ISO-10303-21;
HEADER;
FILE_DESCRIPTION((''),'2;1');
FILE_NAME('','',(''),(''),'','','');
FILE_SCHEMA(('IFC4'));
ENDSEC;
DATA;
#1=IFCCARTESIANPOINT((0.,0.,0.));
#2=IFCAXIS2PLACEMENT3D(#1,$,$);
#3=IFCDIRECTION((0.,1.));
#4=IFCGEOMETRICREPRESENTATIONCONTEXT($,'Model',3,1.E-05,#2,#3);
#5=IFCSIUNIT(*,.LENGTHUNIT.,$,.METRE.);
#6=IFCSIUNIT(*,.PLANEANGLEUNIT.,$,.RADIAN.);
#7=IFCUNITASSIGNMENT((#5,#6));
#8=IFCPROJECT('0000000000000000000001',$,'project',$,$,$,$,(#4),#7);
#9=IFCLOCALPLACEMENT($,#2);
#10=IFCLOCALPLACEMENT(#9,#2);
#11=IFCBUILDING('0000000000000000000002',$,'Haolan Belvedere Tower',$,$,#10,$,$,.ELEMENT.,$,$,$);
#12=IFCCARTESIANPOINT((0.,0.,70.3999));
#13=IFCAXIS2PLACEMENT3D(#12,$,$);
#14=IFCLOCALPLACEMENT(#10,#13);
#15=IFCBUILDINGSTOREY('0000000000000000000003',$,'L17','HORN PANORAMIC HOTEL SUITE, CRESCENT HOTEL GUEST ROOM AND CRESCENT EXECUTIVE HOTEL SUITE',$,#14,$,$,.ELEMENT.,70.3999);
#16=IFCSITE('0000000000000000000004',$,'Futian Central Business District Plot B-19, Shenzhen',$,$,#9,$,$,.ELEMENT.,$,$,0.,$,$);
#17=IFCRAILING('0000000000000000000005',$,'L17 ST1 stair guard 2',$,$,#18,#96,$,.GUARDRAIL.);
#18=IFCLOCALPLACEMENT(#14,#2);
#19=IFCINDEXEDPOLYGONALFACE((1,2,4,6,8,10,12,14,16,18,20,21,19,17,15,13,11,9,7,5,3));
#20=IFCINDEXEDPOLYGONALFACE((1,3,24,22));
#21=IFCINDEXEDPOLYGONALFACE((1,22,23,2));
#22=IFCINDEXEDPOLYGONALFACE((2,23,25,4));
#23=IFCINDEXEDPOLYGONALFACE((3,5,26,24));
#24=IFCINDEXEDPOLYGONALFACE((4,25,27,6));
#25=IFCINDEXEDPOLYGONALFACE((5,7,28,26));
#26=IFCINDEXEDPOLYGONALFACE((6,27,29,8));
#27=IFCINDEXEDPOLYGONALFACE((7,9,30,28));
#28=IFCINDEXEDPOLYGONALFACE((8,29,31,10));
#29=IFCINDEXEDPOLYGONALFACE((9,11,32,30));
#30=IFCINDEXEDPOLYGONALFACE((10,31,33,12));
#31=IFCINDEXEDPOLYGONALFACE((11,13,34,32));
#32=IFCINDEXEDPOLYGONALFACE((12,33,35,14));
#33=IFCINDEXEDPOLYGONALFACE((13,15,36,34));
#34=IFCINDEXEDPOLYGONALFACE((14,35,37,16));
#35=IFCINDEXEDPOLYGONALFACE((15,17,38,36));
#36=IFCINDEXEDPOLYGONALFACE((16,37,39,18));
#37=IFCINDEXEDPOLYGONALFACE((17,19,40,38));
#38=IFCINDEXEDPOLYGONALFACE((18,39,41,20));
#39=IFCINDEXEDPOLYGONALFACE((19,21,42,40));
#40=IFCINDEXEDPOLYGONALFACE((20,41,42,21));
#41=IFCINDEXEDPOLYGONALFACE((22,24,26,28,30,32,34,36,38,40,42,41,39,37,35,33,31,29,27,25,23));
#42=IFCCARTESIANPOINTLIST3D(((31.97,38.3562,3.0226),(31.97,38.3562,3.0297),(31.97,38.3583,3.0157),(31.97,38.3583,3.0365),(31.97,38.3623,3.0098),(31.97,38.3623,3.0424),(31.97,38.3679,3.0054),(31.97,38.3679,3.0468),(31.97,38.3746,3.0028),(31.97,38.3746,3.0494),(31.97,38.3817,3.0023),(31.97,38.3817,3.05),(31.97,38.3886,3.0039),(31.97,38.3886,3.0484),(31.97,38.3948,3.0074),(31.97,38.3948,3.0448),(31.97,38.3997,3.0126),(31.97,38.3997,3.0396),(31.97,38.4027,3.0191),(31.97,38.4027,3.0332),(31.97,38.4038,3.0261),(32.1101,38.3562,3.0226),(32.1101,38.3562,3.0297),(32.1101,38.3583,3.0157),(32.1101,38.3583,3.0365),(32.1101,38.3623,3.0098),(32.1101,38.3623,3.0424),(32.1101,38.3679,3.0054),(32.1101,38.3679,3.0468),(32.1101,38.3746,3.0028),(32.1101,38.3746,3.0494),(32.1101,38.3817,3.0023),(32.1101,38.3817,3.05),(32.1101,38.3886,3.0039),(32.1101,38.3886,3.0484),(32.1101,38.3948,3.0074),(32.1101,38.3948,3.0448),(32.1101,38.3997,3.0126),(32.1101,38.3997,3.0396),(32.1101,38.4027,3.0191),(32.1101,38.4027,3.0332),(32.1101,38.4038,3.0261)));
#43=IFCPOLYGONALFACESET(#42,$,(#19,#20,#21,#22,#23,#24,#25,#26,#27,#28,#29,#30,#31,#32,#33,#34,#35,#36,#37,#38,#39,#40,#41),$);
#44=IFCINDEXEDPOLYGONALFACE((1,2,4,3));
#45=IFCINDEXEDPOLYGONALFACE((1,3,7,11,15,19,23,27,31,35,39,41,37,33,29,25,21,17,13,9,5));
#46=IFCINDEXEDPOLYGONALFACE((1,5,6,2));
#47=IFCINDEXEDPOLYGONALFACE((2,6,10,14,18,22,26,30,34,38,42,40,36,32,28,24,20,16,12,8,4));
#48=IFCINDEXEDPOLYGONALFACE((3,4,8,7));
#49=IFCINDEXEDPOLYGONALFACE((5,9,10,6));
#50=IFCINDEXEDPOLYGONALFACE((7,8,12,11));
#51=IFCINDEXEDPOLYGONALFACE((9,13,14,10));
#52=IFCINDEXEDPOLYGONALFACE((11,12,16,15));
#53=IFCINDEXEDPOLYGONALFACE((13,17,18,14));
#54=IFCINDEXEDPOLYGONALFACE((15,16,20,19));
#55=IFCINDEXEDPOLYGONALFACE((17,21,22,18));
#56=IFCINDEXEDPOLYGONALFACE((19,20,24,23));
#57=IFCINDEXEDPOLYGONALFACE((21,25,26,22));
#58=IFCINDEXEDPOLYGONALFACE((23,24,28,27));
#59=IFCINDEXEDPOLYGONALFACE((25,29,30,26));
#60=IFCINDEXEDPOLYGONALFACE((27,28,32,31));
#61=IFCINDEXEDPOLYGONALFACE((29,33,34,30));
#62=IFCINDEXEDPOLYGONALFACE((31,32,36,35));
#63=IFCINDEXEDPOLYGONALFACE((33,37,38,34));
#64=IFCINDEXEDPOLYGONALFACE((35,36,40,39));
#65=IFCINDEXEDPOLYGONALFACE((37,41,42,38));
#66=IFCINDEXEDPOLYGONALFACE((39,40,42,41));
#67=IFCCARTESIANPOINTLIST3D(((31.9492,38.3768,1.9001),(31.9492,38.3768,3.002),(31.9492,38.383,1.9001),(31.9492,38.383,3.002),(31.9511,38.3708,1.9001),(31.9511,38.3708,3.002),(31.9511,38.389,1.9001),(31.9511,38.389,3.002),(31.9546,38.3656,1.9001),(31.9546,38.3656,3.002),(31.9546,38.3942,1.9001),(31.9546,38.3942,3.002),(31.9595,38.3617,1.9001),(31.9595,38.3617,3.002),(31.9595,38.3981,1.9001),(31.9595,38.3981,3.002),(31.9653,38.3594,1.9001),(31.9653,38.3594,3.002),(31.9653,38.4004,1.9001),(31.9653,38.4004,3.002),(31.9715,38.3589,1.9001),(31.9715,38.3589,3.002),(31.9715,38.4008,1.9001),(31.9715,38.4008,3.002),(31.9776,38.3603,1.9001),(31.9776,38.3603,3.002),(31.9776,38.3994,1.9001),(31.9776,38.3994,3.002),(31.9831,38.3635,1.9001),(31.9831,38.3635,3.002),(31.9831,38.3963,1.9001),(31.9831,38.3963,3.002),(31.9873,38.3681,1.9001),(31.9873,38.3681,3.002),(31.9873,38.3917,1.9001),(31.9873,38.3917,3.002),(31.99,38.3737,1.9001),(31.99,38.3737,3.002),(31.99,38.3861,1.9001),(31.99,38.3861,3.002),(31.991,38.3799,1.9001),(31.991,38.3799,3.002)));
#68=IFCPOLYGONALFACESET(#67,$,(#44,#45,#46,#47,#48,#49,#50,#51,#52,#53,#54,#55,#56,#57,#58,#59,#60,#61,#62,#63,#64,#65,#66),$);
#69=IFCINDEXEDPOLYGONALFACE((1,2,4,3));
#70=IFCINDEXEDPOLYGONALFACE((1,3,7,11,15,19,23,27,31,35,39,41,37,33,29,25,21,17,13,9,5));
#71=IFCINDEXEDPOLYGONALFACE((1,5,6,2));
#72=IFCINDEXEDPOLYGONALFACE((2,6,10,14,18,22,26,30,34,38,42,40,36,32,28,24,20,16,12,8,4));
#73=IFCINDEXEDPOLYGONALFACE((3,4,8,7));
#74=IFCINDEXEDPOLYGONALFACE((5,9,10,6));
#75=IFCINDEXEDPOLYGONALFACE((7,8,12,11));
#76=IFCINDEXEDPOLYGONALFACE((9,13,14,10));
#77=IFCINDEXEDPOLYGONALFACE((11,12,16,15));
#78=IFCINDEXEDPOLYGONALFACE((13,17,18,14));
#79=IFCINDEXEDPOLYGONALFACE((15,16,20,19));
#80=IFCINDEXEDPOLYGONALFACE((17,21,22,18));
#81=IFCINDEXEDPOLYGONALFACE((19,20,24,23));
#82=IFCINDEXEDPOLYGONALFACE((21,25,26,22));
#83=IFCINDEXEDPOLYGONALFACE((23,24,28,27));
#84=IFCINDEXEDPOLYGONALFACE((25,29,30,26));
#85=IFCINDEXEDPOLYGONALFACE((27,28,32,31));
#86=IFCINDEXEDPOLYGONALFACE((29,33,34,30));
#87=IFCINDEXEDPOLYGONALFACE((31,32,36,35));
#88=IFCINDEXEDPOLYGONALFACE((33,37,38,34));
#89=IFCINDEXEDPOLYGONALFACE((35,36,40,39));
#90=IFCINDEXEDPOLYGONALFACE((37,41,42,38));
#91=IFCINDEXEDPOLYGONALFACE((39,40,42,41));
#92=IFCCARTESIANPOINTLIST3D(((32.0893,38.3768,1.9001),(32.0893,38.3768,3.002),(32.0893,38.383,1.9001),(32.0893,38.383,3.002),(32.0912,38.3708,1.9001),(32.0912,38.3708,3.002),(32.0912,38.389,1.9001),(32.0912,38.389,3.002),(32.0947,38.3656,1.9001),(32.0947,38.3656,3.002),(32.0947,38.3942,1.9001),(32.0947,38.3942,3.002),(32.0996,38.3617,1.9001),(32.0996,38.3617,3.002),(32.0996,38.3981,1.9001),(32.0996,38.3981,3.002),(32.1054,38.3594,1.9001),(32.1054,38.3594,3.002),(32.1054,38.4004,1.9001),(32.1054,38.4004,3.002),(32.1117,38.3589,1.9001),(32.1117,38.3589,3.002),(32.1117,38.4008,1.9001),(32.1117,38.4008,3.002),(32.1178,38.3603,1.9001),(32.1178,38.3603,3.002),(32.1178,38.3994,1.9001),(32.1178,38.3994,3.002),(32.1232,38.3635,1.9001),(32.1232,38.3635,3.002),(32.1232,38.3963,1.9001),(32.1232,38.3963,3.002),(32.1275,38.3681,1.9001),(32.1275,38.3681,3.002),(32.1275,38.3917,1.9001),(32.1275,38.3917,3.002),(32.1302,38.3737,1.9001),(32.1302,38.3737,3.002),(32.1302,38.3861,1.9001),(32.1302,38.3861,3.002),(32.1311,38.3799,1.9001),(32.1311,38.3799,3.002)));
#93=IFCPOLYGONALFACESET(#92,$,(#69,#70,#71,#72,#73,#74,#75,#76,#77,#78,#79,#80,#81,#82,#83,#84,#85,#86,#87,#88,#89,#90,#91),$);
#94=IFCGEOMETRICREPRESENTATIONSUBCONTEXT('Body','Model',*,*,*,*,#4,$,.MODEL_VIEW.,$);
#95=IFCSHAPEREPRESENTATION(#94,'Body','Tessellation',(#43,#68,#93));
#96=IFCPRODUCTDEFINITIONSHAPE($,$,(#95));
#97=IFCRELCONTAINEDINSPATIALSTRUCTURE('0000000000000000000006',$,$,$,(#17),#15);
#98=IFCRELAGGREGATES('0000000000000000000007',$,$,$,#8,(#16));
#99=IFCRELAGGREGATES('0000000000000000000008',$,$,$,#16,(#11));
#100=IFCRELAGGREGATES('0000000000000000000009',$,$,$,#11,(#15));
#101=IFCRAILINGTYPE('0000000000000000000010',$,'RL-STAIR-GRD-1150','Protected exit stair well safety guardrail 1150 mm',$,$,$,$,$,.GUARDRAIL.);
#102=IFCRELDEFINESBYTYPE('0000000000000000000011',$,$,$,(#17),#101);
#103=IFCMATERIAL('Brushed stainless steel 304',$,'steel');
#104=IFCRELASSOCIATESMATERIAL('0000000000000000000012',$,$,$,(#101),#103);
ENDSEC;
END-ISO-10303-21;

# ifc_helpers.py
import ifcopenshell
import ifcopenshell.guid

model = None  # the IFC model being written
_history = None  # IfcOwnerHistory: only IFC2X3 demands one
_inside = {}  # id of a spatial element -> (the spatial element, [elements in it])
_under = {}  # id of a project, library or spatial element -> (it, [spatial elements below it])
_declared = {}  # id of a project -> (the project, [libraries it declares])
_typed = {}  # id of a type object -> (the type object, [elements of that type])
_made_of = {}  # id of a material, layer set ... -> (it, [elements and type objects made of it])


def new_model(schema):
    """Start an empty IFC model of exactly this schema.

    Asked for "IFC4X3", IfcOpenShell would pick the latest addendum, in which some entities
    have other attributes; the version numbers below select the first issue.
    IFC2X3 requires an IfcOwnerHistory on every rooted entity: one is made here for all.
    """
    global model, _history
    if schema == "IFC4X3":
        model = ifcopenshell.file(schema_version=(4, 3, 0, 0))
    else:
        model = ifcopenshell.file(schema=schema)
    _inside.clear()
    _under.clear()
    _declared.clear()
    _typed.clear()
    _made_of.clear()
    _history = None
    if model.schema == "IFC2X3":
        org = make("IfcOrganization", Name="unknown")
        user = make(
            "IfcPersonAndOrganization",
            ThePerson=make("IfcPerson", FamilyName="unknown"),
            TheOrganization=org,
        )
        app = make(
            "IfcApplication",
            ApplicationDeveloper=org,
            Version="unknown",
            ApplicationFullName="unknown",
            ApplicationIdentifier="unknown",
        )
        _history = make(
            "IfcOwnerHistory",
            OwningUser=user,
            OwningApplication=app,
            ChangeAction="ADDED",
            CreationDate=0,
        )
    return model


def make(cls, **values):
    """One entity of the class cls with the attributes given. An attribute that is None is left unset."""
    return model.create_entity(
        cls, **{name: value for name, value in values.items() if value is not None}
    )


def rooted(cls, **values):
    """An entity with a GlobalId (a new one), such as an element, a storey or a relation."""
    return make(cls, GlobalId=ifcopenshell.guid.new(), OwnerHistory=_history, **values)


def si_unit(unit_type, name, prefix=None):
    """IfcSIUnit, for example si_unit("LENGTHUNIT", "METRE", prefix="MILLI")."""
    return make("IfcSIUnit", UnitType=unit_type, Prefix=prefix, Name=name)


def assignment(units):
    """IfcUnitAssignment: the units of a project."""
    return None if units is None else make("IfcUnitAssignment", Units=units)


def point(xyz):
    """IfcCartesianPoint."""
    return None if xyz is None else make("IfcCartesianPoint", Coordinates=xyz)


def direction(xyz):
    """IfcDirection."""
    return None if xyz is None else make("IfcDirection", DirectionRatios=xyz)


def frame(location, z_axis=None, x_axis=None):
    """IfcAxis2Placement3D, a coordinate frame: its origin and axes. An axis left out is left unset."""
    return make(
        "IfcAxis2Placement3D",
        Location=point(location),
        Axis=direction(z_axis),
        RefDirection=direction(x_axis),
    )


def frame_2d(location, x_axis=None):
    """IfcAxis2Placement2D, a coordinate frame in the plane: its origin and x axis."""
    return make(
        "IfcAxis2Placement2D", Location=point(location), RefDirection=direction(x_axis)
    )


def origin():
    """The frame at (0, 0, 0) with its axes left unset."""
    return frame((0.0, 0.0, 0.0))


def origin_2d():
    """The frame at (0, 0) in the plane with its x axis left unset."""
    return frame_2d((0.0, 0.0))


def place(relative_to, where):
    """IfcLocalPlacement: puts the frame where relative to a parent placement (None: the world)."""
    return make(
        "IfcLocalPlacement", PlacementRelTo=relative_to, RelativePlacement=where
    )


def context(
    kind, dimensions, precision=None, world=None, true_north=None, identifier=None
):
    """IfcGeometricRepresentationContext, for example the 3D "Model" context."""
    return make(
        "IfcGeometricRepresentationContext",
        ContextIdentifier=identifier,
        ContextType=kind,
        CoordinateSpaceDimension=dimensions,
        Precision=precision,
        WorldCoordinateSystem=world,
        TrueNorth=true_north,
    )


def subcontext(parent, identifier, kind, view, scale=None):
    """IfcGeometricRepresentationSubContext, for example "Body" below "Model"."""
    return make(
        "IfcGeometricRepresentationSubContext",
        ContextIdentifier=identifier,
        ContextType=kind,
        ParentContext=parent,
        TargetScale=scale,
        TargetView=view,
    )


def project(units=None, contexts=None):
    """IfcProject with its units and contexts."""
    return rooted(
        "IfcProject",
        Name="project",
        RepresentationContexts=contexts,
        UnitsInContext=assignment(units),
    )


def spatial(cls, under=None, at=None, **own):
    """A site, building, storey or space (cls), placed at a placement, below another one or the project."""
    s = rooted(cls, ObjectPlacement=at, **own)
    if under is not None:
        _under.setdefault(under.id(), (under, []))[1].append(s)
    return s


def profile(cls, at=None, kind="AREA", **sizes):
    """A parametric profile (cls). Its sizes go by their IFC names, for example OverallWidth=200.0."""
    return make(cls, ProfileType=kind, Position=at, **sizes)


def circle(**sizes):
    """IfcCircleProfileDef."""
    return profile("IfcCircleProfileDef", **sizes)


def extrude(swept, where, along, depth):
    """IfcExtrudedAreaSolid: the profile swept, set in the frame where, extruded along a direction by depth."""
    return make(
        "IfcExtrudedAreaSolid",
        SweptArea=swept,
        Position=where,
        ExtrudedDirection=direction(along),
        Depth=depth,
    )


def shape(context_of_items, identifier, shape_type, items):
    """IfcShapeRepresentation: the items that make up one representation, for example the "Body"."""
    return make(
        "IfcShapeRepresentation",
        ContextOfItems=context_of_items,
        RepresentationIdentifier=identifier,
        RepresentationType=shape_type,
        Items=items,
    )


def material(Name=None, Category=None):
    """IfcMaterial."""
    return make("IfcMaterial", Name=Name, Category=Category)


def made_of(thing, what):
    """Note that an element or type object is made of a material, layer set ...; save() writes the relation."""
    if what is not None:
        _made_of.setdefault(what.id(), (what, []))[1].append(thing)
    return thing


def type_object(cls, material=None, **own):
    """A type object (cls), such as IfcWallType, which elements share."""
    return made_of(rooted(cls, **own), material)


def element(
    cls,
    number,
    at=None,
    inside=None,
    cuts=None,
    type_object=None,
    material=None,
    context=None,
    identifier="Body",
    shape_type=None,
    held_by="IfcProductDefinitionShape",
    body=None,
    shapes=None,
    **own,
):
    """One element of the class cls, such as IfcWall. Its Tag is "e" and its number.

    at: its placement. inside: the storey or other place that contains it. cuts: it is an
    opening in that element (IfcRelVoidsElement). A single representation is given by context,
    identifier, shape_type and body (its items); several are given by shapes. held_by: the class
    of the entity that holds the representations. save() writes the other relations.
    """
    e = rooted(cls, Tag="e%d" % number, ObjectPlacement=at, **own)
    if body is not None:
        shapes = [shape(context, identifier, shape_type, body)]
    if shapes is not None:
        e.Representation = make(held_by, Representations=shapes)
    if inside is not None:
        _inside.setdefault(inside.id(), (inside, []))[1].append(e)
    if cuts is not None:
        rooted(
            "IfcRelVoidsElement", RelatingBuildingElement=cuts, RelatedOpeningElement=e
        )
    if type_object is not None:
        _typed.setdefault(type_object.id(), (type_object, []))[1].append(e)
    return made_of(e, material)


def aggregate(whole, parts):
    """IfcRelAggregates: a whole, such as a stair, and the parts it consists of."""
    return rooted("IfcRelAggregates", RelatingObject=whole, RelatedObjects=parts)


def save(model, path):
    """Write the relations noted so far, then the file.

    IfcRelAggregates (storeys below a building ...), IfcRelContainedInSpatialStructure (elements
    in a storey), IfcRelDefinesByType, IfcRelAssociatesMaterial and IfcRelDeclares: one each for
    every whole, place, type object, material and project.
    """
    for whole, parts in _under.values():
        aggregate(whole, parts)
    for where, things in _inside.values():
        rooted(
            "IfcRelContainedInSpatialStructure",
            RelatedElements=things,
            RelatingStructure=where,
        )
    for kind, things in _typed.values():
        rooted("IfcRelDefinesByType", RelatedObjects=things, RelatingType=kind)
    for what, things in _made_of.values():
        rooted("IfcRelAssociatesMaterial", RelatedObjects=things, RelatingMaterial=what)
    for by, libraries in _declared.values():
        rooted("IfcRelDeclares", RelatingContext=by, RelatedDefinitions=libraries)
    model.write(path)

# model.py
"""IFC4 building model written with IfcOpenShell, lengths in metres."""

from ifc_helpers import new_model, si_unit, direction, frame, origin, origin_2d, place, context, subcontext, project, spatial, circle, extrude, material, type_object, element, save


model = new_model("IFC4")

# Units and contexts
model_context = context("Model", 3, precision=1e-05, world=origin(), true_north=direction((0.0, 1.0)))
body_context = subcontext(model_context, "Body", "Model", "MODEL_VIEW")
ifc_project = project(units=[si_unit("LENGTHUNIT", "METRE"), si_unit("PLANEANGLEUNIT", "RADIAN")], contexts=[model_context])

# Site, building, storey
site_placement = place(None, origin())
site = spatial("IfcSite", under=ifc_project, at=site_placement, Name="Futian Central Business District Plot B-19, Shenzhen", CompositionType="ELEMENT", RefElevation=0.0)
building_placement = place(site_placement, origin())
building = spatial("IfcBuilding", under=site, at=building_placement, Name="Haolan Belvedere Tower", CompositionType="ELEMENT")
storey_placement = place(building_placement, frame((0.0, 0.0, 70.3999)))
storey = spatial("IfcBuildingStorey", under=building, at=storey_placement, Name="L17", Description="HORN PANORAMIC HOTEL SUITE, CRESCENT HOTEL GUEST ROOM AND CRESCENT EXECUTIVE HOTEL SUITE", CompositionType="ELEMENT", Elevation=70.3999)

# Railing
ifc_material_1 = material(Name="Brushed stainless steel 304", Category="steel")
railing_type = type_object("IfcRailingType", Name="RL-STAIR-GRD-1150", Description="Protected exit stair well safety guardrail 1150 mm", PredefinedType="GUARDRAIL", material=ifc_material_1)
railing_1_placement = place(storey_placement, frame((31.97, 38.3799, 1.9001)))
element("IfcRailing", 1, at=railing_1_placement, inside=storey, type_object=railing_type, Name="L17 ST1 stair guard 2", PredefinedType="GUARDRAIL", context=body_context, shape_type="SweptSolid", body=[
    extrude(circle(Radius=0.0239, at=origin_2d()), frame((0.0, 0.0, 1.126), z_axis=(1.0, 0.0, 0.0), x_axis=(0.0, 1.0, 0.0)), (0.0, 0.0, 1.0), 0.1401),
    extrude(circle(Radius=0.021, at=origin_2d()), origin(), (0.0, 0.0, 1.0), 1.1018),
    extrude(circle(Radius=0.021, at=origin_2d()), frame((0.1401, 0.0, 0.0)), (0.0, 0.0, 1.0), 1.1018),
])

save(model, "model.ifc")
